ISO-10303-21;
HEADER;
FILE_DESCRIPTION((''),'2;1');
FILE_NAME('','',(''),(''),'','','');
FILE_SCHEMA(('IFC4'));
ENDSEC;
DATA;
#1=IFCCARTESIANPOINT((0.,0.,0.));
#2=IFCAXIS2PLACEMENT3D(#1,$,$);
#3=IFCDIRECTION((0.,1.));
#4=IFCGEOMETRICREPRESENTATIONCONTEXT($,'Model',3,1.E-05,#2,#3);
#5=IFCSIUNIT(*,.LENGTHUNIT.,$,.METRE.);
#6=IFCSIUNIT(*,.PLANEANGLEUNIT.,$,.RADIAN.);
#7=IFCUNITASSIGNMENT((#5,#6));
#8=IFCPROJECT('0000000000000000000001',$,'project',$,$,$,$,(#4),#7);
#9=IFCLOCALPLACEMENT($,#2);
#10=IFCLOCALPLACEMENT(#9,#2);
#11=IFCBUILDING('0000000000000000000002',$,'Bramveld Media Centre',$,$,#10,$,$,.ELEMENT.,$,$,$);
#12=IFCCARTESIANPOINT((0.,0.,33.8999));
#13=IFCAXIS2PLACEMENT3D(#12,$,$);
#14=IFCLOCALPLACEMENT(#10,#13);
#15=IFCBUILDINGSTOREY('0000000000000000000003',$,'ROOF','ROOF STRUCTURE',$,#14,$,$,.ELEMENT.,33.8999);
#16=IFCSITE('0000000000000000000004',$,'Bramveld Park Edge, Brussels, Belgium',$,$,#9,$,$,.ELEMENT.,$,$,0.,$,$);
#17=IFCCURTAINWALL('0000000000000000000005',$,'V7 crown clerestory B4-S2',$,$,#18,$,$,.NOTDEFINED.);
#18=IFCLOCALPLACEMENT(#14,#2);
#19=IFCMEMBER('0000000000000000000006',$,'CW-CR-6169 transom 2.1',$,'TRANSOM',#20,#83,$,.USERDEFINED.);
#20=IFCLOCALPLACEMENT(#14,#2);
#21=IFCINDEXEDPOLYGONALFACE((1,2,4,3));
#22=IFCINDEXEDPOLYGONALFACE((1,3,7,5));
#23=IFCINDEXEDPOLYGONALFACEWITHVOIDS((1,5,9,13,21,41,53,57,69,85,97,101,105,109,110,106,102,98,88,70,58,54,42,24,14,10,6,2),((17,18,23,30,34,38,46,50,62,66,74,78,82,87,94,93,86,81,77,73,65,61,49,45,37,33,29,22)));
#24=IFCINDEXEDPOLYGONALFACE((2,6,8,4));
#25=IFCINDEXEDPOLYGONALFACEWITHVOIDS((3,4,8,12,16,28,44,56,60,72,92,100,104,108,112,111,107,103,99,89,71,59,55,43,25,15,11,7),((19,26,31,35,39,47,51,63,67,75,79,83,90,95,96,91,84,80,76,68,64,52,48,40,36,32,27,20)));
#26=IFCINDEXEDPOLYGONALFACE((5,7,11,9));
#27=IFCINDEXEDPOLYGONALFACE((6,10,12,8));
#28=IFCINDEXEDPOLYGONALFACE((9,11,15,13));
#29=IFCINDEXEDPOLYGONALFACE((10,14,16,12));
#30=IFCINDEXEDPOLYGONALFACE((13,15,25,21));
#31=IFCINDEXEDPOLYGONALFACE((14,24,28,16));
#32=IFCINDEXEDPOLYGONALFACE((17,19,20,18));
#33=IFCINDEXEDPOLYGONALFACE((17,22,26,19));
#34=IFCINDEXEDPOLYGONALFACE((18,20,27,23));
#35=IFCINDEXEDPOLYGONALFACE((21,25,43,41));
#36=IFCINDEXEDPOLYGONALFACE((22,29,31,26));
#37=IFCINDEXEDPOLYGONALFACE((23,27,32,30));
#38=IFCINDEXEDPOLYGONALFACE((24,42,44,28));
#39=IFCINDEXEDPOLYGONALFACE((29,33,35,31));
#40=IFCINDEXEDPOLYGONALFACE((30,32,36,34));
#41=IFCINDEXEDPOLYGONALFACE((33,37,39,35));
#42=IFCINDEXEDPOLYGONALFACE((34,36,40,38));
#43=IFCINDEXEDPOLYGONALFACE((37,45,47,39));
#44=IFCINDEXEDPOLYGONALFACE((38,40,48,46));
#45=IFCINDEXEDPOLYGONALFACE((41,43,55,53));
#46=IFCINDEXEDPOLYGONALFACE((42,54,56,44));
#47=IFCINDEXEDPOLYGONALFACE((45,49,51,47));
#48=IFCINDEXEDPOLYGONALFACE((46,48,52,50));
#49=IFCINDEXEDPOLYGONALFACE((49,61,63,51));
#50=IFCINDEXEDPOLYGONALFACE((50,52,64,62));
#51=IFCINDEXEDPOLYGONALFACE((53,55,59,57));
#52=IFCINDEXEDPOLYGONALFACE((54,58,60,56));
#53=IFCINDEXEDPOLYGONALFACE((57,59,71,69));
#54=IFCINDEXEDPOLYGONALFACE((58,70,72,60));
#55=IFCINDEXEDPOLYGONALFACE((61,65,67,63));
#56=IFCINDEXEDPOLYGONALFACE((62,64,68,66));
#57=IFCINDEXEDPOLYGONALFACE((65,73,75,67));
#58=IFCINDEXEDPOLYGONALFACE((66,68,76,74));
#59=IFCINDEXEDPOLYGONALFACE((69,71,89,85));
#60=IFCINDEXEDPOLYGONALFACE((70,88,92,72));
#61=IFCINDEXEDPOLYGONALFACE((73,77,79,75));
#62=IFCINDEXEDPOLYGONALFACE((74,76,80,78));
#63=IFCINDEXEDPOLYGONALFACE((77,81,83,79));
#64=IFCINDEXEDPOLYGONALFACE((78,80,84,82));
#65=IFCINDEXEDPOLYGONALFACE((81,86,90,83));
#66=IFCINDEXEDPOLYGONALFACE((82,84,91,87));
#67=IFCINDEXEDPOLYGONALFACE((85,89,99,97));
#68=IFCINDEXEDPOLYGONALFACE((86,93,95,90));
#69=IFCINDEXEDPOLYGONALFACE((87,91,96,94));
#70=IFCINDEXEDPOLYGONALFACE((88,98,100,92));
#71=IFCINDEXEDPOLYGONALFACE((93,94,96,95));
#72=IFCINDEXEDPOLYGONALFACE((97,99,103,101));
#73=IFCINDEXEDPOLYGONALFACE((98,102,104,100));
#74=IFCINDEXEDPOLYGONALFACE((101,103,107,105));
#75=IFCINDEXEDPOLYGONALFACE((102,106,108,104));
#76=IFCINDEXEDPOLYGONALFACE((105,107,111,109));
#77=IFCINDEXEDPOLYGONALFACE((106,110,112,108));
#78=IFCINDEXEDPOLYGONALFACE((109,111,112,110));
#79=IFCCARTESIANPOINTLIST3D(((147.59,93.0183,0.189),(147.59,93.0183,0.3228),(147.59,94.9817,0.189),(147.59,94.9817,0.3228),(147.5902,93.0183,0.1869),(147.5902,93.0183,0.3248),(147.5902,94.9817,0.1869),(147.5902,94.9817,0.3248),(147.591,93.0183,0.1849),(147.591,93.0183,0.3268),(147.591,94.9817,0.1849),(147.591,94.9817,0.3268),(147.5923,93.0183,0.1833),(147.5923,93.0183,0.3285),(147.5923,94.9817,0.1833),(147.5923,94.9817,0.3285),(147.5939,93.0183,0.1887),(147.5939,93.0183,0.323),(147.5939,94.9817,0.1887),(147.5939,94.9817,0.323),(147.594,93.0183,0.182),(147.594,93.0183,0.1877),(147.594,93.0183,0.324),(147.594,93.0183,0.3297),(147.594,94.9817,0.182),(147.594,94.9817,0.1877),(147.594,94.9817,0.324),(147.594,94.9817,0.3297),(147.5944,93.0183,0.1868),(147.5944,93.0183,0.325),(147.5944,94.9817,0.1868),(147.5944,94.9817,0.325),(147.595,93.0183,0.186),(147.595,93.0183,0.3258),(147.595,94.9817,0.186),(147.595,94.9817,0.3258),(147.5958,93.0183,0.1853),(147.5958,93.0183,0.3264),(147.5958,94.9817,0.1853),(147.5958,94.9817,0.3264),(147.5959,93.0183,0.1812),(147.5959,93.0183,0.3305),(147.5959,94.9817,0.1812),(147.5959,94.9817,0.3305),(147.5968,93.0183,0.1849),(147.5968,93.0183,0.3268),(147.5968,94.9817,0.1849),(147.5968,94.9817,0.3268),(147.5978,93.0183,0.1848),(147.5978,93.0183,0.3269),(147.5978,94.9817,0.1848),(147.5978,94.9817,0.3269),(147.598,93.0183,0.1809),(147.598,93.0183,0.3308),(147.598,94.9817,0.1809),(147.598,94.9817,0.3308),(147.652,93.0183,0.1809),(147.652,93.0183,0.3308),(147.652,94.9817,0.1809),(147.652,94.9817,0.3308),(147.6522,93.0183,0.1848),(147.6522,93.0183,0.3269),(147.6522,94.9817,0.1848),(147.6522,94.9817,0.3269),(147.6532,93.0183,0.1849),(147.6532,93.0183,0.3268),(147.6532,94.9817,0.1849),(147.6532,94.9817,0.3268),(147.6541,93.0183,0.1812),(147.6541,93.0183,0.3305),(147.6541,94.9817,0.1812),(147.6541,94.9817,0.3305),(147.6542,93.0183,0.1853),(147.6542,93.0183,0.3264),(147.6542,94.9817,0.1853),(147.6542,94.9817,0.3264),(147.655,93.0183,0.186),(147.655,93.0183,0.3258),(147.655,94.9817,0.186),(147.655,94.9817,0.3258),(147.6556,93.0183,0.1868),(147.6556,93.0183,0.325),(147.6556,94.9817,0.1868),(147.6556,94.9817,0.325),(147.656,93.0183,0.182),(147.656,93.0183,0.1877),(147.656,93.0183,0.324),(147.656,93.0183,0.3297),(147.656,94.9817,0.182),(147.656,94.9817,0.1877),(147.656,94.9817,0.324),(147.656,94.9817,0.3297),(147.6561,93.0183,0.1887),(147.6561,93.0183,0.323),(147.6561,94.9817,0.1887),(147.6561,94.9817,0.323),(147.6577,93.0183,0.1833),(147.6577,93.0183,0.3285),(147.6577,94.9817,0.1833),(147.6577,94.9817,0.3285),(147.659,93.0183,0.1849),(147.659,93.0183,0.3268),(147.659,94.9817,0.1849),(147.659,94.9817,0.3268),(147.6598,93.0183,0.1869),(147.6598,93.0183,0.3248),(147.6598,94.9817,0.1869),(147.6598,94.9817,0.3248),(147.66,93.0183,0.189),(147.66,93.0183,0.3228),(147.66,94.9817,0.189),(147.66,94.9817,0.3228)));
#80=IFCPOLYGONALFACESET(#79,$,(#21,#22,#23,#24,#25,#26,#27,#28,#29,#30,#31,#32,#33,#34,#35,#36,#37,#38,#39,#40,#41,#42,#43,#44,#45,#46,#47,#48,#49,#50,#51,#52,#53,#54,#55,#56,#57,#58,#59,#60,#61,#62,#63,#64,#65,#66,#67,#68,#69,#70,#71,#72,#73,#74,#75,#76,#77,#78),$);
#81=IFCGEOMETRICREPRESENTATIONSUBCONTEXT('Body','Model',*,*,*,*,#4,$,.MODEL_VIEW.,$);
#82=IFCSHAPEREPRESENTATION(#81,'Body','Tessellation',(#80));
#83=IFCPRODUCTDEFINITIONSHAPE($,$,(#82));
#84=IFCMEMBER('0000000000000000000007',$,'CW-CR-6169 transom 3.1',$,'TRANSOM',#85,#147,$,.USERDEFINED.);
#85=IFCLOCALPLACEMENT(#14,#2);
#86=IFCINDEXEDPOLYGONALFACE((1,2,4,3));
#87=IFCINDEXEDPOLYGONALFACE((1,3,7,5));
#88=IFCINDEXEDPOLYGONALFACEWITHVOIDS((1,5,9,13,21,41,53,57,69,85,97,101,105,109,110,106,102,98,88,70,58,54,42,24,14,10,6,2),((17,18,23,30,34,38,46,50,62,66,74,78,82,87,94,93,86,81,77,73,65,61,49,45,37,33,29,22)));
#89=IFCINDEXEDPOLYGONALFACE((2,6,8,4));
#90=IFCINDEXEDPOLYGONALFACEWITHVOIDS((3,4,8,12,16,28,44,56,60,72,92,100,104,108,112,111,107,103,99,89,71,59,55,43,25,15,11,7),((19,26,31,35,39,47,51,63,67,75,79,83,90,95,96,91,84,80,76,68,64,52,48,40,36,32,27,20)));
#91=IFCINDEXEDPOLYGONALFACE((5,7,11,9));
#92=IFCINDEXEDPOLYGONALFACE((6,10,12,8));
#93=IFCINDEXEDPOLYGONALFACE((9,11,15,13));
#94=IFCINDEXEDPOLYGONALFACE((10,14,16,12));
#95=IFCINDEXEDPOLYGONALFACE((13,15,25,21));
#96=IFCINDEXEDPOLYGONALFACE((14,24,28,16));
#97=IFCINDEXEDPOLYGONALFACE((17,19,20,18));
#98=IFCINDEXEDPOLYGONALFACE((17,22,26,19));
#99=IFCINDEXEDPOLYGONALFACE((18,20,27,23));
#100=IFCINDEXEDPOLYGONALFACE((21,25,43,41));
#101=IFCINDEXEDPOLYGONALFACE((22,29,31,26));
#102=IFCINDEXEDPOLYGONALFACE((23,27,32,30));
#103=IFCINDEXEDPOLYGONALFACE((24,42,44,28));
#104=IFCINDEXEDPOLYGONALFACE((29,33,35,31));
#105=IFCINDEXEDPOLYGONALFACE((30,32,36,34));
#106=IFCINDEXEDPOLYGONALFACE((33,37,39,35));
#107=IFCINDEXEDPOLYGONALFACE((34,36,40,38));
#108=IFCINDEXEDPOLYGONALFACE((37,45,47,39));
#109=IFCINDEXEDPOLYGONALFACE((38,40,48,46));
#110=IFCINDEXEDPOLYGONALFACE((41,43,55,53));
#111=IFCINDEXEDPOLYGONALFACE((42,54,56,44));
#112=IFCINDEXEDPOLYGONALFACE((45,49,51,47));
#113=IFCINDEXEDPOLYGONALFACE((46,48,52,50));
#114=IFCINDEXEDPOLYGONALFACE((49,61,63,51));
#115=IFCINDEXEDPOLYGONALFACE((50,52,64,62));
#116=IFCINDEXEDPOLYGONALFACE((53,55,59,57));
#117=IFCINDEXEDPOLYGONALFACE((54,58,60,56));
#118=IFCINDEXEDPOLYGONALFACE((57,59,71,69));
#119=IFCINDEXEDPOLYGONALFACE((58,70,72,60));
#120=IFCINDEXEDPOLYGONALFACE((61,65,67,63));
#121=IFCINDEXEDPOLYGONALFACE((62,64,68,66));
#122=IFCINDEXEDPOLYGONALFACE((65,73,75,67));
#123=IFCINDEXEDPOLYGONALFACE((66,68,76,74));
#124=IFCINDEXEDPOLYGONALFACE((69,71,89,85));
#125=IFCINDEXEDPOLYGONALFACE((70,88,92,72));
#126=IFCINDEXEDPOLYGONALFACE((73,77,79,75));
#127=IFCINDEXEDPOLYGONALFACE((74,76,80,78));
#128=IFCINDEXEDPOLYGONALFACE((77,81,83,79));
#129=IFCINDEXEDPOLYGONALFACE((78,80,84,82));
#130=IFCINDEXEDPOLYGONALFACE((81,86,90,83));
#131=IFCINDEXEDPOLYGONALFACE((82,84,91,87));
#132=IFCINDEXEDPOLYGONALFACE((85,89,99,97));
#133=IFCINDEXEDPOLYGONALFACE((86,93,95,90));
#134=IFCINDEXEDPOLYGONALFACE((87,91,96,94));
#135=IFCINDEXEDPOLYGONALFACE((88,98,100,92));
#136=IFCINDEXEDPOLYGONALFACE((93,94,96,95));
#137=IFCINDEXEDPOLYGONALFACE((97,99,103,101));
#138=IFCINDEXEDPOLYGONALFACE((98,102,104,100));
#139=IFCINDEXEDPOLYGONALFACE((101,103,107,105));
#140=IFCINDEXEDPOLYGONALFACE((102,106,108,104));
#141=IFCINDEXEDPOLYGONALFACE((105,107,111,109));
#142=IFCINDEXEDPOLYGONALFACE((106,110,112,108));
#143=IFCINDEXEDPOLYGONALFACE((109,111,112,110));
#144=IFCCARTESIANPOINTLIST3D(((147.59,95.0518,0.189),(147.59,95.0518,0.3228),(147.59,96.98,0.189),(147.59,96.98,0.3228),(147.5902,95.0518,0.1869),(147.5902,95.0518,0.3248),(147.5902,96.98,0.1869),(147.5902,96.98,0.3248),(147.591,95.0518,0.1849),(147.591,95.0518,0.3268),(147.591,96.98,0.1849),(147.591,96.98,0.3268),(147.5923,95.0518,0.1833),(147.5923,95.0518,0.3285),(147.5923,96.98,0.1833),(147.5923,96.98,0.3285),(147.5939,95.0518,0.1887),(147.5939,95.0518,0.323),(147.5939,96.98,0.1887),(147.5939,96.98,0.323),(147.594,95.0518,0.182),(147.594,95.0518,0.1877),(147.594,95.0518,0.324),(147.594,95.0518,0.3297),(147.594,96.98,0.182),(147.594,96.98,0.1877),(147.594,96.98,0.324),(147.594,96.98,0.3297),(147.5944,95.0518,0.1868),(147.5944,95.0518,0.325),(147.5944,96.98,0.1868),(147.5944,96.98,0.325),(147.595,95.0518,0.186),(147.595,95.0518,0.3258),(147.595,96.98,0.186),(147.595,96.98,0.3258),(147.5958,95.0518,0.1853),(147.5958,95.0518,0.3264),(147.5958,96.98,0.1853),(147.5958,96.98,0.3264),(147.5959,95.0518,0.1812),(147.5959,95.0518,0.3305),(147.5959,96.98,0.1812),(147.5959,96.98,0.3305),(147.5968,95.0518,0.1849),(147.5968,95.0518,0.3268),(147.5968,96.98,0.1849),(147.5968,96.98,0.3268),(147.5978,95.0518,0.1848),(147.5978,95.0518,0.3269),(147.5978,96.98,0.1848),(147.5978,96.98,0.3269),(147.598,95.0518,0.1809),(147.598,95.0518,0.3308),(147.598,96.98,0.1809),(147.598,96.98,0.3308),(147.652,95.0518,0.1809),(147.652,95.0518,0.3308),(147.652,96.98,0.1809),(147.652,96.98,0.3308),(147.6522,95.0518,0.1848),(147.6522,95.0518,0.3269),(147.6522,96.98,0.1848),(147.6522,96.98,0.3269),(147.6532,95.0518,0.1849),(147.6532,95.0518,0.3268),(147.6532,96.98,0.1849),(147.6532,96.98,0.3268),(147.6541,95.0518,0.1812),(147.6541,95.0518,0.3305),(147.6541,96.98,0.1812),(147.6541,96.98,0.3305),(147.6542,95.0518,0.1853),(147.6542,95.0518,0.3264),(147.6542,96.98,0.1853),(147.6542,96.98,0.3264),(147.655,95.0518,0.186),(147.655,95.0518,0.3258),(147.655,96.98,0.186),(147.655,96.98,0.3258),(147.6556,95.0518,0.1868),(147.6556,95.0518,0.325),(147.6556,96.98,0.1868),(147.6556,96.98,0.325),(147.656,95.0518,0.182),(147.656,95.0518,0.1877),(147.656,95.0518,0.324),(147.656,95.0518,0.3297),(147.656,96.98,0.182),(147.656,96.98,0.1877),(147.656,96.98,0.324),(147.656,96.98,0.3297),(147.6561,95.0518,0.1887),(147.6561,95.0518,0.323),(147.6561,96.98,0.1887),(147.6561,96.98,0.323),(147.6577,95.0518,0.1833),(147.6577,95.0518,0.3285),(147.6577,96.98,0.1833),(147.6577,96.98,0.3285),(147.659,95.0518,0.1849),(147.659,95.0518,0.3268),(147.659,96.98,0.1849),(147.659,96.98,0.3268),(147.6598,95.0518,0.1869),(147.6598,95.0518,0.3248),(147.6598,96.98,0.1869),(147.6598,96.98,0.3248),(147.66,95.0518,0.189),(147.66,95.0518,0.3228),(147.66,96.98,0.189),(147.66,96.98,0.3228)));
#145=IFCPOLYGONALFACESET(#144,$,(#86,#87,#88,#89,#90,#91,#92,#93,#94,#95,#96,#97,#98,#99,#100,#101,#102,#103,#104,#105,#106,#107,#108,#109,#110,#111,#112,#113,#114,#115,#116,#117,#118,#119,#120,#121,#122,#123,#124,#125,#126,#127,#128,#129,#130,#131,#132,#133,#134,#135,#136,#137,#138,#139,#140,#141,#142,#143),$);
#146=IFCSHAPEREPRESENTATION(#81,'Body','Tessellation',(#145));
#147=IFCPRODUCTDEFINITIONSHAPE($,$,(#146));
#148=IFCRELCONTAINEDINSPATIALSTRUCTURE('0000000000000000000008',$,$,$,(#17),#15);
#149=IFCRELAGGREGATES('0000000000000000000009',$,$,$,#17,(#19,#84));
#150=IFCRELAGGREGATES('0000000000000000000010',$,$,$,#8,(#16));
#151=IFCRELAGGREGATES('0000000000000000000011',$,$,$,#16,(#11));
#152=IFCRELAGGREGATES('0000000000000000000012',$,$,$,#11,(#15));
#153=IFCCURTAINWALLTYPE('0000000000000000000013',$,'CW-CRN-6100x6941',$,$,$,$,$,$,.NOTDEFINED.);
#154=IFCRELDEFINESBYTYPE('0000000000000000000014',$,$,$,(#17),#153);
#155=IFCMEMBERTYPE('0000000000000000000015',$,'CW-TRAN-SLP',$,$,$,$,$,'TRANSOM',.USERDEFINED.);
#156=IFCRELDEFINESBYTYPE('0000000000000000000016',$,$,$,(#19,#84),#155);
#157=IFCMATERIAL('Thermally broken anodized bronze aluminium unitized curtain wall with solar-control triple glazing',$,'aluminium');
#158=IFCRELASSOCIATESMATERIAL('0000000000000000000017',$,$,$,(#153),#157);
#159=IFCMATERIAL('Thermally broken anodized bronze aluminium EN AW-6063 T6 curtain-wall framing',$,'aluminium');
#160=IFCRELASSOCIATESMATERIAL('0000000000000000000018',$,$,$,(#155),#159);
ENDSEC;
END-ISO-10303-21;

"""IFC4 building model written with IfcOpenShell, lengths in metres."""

from ifc_helpers import new_model, si_unit, direction, frame, origin, origin_2d, place, context, subcontext, project, spatial, hollow_rectangle, extrude, material, material_profile, profile_set, type_object, element, aggregate, save


model = new_model("IFC4")

# Units and contexts
model_context = context("Model", 3, precision=1e-05, world=origin(), true_north=direction((0.0, 1.0)))
body_context = subcontext(model_context, "Body", "Model", "MODEL_VIEW")
ifc_project = project(units=[si_unit("LENGTHUNIT", "METRE"), si_unit("PLANEANGLEUNIT", "RADIAN")], contexts=[model_context])

# Site, building, storey
site_placement = place(None, origin())
site = spatial("IfcSite", under=ifc_project, at=site_placement, Name="Bramveld Park Edge, Brussels, Belgium", CompositionType="ELEMENT", RefElevation=0.0)
building_placement = place(site_placement, origin())
building = spatial("IfcBuilding", under=site, at=building_placement, Name="Bramveld Media Centre", CompositionType="ELEMENT")
storey_placement = place(building_placement, frame((0.0, 0.0, 33.8999)))
storey = spatial("IfcBuildingStorey", under=building, at=storey_placement, Name="ROOF", Description="ROOF STRUCTURE", CompositionType="ELEMENT", Elevation=33.8999)

# Curtain wall
ifc_material_1 = material(Name="Thermally broken anodized bronze aluminium unitized curtain wall with solar-control triple glazing", Category="aluminium")
curtain_wall_type = type_object("IfcCurtainWallType", Name="CW-CRN-6100x6941", PredefinedType="NOTDEFINED", material=ifc_material_1)
curtain_wall_1_placement = place(storey_placement, origin())
curtain_wall_1 = element("IfcCurtainWall", 1, at=curtain_wall_1_placement, inside=storey, type_object=curtain_wall_type, Name="V7 crown clerestory B4-S2", PredefinedType="NOTDEFINED")

# Members
ifc_material_2 = material(Name="Thermally broken anodized bronze aluminium EN AW-6063 T6 curtain-wall framing", Category="aluminium")
ifc_material_profile_1 = material_profile(ifc_material_2, hollow_rectangle(XDim=0.0701, YDim=0.1499, WallThickness=0.0039, InnerFilletRadius=0.0039, OuterFilletRadius=0.0081, at=origin_2d()), Name="AL-TRAN 70x150")
ifc_profile_set_1 = profile_set([ifc_material_profile_1], Name="Thermally broken anodized bronze aluminium EN AW-6063 T6 curtain-wall framing")
member_type_1 = type_object("IfcMemberType", Name="CW-TRAN-SLP", ElementType="TRANSOM", PredefinedType="USERDEFINED", material=ifc_profile_set_1)
member_1_placement = place(storey_placement, frame((147.625, 93.0183, 0.2559), z_axis=(0.0, 1.0, 0.0), x_axis=(-1.0, 0.0, 0.0)))
member_1 = element("IfcMember", 2, at=member_1_placement, type_object=member_type_1, Name="CW-CR-6169 transom 2.1", ObjectType="TRANSOM", PredefinedType="USERDEFINED", context=body_context, shape_type="SweptSolid", body=[
    extrude(hollow_rectangle(XDim=0.0701, YDim=0.1499, WallThickness=0.0039, InnerFilletRadius=0.0039, OuterFilletRadius=0.0081, at=origin_2d()), origin(), (0.0, 0.0, 1.0), 1.9634),
])
member_2_placement = place(storey_placement, frame((147.625, 95.0518, 0.2559), z_axis=(0.0, 1.0, 0.0), x_axis=(-1.0, 0.0, 0.0)))
member_2 = element("IfcMember", 3, at=member_2_placement, type_object=member_type_1, Name="CW-CR-6169 transom 3.1", ObjectType="TRANSOM", PredefinedType="USERDEFINED", context=body_context, shape_type="SweptSolid", body=[
    extrude(hollow_rectangle(XDim=0.0701, YDim=0.1499, WallThickness=0.0039, InnerFilletRadius=0.0039, OuterFilletRadius=0.0081, at=origin_2d()), origin(), (0.0, 0.0, 1.0), 1.9282),
])

aggregate(curtain_wall_1, [member_1, member_2])

save(model, "model.ifc")
